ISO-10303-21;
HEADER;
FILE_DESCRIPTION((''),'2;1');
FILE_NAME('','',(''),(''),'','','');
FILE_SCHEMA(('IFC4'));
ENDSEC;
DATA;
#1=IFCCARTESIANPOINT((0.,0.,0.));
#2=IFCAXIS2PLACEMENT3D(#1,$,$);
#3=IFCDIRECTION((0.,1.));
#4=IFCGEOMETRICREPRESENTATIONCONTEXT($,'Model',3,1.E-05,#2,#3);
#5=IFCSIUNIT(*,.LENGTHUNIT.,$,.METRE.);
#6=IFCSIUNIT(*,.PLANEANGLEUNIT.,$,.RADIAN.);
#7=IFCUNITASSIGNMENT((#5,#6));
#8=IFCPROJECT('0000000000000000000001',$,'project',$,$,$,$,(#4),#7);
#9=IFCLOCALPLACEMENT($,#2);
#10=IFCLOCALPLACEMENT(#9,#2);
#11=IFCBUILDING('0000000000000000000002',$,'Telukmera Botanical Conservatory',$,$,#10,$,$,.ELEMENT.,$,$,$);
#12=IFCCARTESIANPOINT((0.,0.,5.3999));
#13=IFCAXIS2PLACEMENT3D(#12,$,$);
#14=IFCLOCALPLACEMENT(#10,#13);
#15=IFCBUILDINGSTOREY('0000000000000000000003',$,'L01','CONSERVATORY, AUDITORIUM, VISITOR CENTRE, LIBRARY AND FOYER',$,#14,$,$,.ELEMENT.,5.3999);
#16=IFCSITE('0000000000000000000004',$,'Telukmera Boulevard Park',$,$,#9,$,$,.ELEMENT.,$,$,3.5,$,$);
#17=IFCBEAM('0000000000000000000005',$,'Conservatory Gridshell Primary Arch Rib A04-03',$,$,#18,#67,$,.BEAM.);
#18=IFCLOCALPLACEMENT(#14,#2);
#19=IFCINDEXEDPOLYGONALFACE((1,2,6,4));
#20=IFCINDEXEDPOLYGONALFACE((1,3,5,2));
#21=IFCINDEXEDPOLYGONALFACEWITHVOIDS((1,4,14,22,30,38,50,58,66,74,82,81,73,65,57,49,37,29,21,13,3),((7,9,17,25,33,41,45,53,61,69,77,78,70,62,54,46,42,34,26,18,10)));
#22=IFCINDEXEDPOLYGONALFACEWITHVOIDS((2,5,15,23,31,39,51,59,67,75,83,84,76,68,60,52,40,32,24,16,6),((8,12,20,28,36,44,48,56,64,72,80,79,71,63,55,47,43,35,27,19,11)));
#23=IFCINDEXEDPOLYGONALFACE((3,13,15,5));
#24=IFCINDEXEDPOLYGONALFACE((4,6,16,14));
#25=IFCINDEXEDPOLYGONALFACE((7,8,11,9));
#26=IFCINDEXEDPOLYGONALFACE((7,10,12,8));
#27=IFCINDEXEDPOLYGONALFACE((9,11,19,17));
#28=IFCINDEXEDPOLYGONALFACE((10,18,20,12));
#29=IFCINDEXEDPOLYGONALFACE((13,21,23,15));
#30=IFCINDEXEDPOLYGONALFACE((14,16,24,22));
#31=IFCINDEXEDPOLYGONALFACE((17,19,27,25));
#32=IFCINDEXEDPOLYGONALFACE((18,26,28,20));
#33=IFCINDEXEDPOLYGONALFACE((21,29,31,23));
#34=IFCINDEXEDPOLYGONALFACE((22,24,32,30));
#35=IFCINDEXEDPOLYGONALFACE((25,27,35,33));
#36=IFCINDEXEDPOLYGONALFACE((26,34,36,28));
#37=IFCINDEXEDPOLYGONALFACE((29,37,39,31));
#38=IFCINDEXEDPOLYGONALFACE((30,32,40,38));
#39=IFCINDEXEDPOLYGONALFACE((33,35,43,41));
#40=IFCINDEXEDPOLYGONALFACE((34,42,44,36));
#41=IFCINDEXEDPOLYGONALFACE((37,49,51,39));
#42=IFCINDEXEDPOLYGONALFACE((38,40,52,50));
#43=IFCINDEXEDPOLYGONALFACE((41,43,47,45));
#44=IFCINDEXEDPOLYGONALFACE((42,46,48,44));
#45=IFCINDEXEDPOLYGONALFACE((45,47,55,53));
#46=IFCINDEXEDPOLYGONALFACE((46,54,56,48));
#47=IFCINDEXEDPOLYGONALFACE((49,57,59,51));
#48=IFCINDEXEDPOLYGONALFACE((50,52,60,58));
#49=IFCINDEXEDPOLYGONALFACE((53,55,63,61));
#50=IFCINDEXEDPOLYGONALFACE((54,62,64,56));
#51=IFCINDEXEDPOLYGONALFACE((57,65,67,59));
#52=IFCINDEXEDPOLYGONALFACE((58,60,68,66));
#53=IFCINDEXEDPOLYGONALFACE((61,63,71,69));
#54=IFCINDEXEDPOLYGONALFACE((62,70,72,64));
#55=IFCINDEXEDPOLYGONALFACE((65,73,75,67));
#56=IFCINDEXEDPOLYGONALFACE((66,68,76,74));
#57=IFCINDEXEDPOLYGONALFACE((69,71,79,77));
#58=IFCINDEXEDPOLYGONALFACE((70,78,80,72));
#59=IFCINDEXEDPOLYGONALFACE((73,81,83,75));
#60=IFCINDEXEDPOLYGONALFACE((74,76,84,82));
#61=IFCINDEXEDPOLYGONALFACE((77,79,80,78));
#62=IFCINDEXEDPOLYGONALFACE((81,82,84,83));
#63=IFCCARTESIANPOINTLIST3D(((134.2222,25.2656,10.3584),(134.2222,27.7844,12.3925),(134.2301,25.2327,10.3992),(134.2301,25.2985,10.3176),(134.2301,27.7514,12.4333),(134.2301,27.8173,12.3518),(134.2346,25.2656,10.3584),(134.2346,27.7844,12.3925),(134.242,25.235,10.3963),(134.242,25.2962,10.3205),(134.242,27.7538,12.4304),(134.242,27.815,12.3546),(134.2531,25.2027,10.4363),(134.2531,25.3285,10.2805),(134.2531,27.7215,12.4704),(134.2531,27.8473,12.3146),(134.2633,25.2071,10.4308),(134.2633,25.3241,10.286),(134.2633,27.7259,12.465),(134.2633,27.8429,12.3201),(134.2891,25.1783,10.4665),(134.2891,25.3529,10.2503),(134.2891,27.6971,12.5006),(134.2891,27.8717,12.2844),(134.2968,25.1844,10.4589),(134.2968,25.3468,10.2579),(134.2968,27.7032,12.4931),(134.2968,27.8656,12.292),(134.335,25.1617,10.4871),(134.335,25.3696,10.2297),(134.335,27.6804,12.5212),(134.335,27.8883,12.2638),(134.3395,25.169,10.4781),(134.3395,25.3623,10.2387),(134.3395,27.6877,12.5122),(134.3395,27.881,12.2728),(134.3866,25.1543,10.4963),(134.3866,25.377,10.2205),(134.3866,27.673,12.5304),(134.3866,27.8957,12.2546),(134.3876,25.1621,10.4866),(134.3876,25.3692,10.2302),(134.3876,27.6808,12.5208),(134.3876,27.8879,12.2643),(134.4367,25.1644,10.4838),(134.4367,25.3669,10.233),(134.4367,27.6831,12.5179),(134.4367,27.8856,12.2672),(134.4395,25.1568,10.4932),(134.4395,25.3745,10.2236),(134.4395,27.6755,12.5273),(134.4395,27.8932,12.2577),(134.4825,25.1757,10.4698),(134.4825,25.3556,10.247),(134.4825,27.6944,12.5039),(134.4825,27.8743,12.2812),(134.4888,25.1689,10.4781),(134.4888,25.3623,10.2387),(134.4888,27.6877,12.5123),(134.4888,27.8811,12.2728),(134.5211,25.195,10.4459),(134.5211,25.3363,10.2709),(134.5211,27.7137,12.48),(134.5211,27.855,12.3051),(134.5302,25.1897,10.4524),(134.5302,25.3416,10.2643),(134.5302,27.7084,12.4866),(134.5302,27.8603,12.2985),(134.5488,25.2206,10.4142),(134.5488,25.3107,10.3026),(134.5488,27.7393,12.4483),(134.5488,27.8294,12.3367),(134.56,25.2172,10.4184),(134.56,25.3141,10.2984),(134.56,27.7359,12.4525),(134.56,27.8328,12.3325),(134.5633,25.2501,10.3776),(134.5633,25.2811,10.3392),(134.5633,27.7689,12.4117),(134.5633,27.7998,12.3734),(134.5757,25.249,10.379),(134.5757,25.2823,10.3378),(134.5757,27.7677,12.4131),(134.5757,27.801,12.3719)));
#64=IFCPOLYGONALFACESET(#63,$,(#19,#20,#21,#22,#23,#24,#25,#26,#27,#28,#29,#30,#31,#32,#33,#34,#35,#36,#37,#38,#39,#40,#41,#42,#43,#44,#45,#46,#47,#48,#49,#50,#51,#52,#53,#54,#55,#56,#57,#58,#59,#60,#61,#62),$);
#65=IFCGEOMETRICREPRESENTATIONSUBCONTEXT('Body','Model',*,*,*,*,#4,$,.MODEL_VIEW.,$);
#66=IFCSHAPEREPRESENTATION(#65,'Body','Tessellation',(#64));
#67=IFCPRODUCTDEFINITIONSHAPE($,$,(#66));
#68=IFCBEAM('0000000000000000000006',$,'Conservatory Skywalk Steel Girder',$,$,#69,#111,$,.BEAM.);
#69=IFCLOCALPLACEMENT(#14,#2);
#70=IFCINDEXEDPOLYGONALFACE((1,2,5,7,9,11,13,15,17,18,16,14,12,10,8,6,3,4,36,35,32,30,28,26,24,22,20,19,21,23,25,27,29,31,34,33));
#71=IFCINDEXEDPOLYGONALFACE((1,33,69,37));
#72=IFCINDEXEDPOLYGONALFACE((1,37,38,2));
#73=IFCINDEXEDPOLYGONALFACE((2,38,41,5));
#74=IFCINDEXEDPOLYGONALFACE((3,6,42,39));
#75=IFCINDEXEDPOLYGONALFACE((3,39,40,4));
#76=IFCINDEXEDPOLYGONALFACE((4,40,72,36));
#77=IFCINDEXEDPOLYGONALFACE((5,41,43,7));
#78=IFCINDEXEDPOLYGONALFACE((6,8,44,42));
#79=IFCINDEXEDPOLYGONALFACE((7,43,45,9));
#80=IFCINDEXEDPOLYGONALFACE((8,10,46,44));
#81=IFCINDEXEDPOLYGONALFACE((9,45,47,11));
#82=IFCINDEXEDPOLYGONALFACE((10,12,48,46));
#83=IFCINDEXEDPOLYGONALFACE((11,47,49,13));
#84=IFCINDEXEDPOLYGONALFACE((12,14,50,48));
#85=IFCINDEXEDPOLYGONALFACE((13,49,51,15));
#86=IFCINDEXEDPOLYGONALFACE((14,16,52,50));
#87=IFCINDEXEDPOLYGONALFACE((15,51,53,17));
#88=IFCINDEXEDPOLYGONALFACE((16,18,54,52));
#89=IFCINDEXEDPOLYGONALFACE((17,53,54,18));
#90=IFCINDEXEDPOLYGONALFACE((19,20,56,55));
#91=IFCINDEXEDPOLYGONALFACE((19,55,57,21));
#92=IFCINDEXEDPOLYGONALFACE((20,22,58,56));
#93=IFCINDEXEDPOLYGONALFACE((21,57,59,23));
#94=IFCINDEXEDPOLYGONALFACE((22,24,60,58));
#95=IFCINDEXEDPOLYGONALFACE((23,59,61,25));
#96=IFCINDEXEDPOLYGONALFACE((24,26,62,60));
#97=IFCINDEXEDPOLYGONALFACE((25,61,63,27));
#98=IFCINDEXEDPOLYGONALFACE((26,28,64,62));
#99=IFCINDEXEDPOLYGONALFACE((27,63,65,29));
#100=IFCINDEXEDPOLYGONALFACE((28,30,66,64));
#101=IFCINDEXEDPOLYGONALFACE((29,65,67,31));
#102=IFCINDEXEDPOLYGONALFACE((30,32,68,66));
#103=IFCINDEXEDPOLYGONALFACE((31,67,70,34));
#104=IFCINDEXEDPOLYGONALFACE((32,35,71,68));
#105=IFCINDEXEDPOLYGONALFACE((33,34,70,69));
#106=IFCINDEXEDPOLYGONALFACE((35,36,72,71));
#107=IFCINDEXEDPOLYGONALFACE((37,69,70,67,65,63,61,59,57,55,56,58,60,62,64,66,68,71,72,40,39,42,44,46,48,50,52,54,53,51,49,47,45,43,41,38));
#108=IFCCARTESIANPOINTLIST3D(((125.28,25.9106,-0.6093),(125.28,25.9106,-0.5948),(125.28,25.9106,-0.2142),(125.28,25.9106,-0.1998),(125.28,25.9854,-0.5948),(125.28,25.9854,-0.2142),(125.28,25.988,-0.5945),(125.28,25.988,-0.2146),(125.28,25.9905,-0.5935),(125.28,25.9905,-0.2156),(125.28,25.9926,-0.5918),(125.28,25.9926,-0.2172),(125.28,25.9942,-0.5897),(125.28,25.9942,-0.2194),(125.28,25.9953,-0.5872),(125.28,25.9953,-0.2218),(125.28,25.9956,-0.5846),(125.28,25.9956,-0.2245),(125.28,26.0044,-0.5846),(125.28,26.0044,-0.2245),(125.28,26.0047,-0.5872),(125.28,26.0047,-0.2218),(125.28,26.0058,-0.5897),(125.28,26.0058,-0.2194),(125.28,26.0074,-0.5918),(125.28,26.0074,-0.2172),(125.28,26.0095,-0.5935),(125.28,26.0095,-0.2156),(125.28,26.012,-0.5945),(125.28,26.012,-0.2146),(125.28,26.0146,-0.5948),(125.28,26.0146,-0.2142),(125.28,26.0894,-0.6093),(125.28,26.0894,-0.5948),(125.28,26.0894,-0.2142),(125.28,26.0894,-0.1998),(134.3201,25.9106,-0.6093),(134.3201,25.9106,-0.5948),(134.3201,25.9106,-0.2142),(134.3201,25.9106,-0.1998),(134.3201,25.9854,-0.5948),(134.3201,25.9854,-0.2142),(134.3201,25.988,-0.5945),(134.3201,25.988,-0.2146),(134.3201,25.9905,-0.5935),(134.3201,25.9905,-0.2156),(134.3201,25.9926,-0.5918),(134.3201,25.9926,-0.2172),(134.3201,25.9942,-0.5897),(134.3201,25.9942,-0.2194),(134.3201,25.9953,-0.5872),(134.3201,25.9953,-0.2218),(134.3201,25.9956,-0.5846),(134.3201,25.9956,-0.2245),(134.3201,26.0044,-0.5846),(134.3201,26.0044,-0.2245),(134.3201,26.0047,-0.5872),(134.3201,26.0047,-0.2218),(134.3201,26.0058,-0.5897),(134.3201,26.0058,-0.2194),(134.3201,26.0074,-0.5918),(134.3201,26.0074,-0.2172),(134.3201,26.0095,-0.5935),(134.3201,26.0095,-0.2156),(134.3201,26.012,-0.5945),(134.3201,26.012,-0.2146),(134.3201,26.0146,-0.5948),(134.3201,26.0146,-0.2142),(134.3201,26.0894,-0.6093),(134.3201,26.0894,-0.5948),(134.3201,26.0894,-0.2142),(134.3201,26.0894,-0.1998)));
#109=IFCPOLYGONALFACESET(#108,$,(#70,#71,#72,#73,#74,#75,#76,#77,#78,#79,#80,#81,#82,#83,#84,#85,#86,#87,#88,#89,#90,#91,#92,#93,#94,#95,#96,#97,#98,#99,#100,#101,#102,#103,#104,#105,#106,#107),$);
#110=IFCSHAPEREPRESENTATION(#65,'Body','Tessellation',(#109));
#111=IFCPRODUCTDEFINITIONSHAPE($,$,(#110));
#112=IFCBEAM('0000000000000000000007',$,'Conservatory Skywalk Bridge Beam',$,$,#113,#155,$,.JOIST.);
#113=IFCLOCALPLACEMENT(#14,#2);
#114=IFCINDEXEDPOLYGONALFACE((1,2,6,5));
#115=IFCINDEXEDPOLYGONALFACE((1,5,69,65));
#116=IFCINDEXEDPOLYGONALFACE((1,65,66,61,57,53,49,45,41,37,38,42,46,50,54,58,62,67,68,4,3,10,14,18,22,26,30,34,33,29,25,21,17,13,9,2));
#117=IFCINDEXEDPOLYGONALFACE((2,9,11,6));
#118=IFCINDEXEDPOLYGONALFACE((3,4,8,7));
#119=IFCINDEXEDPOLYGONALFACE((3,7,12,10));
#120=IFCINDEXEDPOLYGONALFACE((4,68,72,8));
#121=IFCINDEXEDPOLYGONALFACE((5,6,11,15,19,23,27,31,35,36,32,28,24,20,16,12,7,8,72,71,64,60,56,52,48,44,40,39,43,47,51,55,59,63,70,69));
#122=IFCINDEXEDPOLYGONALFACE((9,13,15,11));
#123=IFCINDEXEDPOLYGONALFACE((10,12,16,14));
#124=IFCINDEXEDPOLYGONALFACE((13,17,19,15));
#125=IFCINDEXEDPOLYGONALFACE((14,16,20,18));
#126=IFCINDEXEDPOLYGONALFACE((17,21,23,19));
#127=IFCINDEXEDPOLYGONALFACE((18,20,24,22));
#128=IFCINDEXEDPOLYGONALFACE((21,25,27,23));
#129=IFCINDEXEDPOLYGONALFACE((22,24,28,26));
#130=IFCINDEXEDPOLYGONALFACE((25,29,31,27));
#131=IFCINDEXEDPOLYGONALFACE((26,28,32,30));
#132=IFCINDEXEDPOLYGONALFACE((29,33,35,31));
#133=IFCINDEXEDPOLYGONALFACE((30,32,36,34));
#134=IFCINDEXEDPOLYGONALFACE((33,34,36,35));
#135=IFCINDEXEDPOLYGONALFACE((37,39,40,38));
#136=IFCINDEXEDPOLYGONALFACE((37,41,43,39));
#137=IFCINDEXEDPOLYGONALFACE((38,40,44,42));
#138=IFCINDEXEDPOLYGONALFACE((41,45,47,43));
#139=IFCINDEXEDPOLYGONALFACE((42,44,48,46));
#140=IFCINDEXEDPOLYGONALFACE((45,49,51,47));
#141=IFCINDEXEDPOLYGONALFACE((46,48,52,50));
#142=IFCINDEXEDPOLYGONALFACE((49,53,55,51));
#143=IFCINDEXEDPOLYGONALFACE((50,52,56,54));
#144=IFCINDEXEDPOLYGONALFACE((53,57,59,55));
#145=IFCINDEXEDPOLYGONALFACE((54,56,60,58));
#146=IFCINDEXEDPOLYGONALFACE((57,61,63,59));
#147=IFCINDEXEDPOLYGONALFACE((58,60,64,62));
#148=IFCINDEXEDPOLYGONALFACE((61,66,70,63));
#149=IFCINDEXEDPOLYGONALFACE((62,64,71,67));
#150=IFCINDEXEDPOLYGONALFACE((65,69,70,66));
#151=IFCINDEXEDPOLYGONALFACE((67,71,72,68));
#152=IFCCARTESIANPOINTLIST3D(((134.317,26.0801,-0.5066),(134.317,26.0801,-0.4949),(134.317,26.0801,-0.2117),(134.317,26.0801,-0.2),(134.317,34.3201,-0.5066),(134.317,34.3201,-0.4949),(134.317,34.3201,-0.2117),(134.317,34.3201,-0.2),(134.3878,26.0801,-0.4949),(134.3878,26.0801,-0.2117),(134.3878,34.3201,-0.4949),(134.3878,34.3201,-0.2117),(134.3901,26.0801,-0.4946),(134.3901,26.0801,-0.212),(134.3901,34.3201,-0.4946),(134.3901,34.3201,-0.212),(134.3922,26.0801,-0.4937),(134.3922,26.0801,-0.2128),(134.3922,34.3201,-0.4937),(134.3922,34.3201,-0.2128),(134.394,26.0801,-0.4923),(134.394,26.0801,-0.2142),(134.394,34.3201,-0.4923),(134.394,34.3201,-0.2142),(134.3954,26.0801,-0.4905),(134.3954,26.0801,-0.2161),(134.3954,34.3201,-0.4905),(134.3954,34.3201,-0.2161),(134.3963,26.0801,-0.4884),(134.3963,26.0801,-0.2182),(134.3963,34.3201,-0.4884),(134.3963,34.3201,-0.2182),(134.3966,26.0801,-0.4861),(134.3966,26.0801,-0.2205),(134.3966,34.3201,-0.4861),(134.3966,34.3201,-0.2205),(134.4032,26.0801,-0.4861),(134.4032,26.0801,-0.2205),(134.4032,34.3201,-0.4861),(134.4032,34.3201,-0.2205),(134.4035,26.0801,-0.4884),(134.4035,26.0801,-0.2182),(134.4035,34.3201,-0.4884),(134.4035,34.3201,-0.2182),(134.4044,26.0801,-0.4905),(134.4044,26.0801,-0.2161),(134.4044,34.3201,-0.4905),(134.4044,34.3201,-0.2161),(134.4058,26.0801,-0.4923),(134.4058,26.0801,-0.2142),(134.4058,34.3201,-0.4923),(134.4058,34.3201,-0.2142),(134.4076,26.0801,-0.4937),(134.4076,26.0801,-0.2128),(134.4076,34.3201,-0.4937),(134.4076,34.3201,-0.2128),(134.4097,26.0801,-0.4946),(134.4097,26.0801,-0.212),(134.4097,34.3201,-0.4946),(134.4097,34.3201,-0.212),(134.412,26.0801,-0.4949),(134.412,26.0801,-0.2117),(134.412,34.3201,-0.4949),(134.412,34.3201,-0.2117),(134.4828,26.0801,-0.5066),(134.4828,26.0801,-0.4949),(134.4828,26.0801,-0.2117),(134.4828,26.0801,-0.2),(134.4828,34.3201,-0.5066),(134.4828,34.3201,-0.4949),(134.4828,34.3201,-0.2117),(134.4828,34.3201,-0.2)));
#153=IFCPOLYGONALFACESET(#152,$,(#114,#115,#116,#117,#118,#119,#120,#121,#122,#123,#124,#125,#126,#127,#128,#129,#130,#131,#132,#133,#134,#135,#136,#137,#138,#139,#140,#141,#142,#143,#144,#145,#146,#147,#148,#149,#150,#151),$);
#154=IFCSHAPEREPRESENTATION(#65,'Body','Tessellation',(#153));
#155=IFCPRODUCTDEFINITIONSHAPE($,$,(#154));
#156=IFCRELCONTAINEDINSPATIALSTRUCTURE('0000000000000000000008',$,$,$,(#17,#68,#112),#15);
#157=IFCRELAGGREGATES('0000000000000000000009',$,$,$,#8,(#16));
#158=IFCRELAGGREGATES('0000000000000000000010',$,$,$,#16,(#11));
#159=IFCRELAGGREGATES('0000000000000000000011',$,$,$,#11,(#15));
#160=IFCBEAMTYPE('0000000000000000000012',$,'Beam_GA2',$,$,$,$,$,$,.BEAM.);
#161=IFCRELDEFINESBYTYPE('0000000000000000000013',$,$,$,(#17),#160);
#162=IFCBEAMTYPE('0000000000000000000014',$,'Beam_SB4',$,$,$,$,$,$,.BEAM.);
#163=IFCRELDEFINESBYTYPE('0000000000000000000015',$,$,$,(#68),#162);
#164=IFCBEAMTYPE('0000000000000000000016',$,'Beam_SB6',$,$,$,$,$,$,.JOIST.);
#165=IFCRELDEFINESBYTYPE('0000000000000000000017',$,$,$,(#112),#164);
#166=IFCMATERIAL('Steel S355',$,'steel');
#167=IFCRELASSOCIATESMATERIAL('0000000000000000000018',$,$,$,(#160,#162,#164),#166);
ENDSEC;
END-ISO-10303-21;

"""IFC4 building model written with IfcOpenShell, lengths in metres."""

from ifc_helpers import new_model, si_unit, direction, frame, origin, origin_2d, place, context, subcontext, project, spatial, hollow_circle, i_section, extrude, material, material_profile, profile_set, type_object, element, save


model = new_model("IFC4")

# Units and contexts
model_context = context("Model", 3, precision=1e-05, world=origin(), true_north=direction((0.0, 1.0)))
body_context = subcontext(model_context, "Body", "Model", "MODEL_VIEW")
ifc_project = project(units=[si_unit("LENGTHUNIT", "METRE"), si_unit("PLANEANGLEUNIT", "RADIAN")], contexts=[model_context])

# Site, building, storey
site_placement = place(None, origin())
site = spatial("IfcSite", under=ifc_project, at=site_placement, Name="Telukmera Boulevard Park", CompositionType="ELEMENT", RefElevation=3.5)
building_placement = place(site_placement, origin())
building = spatial("IfcBuilding", under=site, at=building_placement, Name="Telukmera Botanical Conservatory", CompositionType="ELEMENT")
storey_placement = place(building_placement, frame((0.0, 0.0, 5.3999)))
storey = spatial("IfcBuildingStorey", under=building, at=storey_placement, Name="L01", Description="CONSERVATORY, AUDITORIUM, VISITOR CENTRE, LIBRARY AND FOYER", CompositionType="ELEMENT", Elevation=5.3999)

# Beams
ifc_material_1 = material(Name="Steel S355", Category="steel")
ifc_material_profile_1 = material_profile(ifc_material_1, hollow_circle(Radius=0.1777, WallThickness=0.0125, at=origin_2d()), Name="CHS 355.6x12.5")
ifc_profile_set_1 = profile_set([ifc_material_profile_1], Name="Steel S355")
beam_type_1 = type_object("IfcBeamType", Name="Beam_GA2", PredefinedType="BEAM", material=ifc_profile_set_1)
beam_1_placement = place(storey_placement, frame((134.3999, 25.2656, 10.3584), z_axis=(0.0, 0.777977, 0.628293), x_axis=(-1.0, 0.0, 0.0)))
element("IfcBeam", 1, at=beam_1_placement, inside=storey, type_object=beam_type_1, Name="Conservatory Gridshell Primary Arch Rib A04-03", PredefinedType="BEAM", context=body_context, shape_type="SweptSolid", body=[
    extrude(hollow_circle(Radius=0.1777, WallThickness=0.0125, at=origin_2d()), origin(), (0.0, 0.0, 1.0), 3.2375),
])
ifc_material_profile_2 = material_profile(ifc_material_1, i_section(OverallWidth=0.1787, OverallDepth=0.4094, WebThickness=0.0088, FlangeThickness=0.0144, FilletRadius=0.0103, at=origin_2d()), Name="UB 406x178x67")
ifc_profile_set_2 = profile_set([ifc_material_profile_2], Name="Steel S355")
beam_type_2 = type_object("IfcBeamType", Name="Beam_SB4", PredefinedType="BEAM", material=ifc_profile_set_2)
beam_2_placement = place(storey_placement, frame((125.28, 26.0, -0.4045), z_axis=(1.0, 0.0, 0.0), x_axis=(0.0, 1.0, 0.0)))
element("IfcBeam", 2, at=beam_2_placement, inside=storey, type_object=beam_type_2, Name="Conservatory Skywalk Steel Girder", PredefinedType="BEAM", context=body_context, shape_type="SweptSolid", body=[
    extrude(i_section(OverallWidth=0.1787, OverallDepth=0.4094, WebThickness=0.0088, FlangeThickness=0.0144, FilletRadius=0.0103, at=origin_2d()), origin(), (0.0, 0.0, 1.0), 9.04),
])
ifc_material_profile_3 = material_profile(ifc_material_1, i_section(OverallWidth=0.1658, OverallDepth=0.3066, WebThickness=0.0066, FlangeThickness=0.0117, FilletRadius=0.0088, at=origin_2d()), Name="UB 305x165x46")
ifc_profile_set_3 = profile_set([ifc_material_profile_3], Name="Steel S355")
beam_type_3 = type_object("IfcBeamType", Name="Beam_SB6", PredefinedType="JOIST", material=ifc_profile_set_3)
beam_3_placement = place(storey_placement, frame((134.3999, 26.0801, -0.3533), z_axis=(0.0, 1.0, 0.0), x_axis=(-1.0, 0.0, 0.0)))
element("IfcBeam", 3, at=beam_3_placement, inside=storey, type_object=beam_type_3, Name="Conservatory Skywalk Bridge Beam", PredefinedType="JOIST", context=body_context, shape_type="SweptSolid", body=[
    extrude(i_section(OverallWidth=0.1658, OverallDepth=0.3066, WebThickness=0.0066, FlangeThickness=0.0117, FilletRadius=0.0088, at=origin_2d()), origin(), (0.0, 0.0, 1.0), 8.24),
])

save(model, "model.ifc")
